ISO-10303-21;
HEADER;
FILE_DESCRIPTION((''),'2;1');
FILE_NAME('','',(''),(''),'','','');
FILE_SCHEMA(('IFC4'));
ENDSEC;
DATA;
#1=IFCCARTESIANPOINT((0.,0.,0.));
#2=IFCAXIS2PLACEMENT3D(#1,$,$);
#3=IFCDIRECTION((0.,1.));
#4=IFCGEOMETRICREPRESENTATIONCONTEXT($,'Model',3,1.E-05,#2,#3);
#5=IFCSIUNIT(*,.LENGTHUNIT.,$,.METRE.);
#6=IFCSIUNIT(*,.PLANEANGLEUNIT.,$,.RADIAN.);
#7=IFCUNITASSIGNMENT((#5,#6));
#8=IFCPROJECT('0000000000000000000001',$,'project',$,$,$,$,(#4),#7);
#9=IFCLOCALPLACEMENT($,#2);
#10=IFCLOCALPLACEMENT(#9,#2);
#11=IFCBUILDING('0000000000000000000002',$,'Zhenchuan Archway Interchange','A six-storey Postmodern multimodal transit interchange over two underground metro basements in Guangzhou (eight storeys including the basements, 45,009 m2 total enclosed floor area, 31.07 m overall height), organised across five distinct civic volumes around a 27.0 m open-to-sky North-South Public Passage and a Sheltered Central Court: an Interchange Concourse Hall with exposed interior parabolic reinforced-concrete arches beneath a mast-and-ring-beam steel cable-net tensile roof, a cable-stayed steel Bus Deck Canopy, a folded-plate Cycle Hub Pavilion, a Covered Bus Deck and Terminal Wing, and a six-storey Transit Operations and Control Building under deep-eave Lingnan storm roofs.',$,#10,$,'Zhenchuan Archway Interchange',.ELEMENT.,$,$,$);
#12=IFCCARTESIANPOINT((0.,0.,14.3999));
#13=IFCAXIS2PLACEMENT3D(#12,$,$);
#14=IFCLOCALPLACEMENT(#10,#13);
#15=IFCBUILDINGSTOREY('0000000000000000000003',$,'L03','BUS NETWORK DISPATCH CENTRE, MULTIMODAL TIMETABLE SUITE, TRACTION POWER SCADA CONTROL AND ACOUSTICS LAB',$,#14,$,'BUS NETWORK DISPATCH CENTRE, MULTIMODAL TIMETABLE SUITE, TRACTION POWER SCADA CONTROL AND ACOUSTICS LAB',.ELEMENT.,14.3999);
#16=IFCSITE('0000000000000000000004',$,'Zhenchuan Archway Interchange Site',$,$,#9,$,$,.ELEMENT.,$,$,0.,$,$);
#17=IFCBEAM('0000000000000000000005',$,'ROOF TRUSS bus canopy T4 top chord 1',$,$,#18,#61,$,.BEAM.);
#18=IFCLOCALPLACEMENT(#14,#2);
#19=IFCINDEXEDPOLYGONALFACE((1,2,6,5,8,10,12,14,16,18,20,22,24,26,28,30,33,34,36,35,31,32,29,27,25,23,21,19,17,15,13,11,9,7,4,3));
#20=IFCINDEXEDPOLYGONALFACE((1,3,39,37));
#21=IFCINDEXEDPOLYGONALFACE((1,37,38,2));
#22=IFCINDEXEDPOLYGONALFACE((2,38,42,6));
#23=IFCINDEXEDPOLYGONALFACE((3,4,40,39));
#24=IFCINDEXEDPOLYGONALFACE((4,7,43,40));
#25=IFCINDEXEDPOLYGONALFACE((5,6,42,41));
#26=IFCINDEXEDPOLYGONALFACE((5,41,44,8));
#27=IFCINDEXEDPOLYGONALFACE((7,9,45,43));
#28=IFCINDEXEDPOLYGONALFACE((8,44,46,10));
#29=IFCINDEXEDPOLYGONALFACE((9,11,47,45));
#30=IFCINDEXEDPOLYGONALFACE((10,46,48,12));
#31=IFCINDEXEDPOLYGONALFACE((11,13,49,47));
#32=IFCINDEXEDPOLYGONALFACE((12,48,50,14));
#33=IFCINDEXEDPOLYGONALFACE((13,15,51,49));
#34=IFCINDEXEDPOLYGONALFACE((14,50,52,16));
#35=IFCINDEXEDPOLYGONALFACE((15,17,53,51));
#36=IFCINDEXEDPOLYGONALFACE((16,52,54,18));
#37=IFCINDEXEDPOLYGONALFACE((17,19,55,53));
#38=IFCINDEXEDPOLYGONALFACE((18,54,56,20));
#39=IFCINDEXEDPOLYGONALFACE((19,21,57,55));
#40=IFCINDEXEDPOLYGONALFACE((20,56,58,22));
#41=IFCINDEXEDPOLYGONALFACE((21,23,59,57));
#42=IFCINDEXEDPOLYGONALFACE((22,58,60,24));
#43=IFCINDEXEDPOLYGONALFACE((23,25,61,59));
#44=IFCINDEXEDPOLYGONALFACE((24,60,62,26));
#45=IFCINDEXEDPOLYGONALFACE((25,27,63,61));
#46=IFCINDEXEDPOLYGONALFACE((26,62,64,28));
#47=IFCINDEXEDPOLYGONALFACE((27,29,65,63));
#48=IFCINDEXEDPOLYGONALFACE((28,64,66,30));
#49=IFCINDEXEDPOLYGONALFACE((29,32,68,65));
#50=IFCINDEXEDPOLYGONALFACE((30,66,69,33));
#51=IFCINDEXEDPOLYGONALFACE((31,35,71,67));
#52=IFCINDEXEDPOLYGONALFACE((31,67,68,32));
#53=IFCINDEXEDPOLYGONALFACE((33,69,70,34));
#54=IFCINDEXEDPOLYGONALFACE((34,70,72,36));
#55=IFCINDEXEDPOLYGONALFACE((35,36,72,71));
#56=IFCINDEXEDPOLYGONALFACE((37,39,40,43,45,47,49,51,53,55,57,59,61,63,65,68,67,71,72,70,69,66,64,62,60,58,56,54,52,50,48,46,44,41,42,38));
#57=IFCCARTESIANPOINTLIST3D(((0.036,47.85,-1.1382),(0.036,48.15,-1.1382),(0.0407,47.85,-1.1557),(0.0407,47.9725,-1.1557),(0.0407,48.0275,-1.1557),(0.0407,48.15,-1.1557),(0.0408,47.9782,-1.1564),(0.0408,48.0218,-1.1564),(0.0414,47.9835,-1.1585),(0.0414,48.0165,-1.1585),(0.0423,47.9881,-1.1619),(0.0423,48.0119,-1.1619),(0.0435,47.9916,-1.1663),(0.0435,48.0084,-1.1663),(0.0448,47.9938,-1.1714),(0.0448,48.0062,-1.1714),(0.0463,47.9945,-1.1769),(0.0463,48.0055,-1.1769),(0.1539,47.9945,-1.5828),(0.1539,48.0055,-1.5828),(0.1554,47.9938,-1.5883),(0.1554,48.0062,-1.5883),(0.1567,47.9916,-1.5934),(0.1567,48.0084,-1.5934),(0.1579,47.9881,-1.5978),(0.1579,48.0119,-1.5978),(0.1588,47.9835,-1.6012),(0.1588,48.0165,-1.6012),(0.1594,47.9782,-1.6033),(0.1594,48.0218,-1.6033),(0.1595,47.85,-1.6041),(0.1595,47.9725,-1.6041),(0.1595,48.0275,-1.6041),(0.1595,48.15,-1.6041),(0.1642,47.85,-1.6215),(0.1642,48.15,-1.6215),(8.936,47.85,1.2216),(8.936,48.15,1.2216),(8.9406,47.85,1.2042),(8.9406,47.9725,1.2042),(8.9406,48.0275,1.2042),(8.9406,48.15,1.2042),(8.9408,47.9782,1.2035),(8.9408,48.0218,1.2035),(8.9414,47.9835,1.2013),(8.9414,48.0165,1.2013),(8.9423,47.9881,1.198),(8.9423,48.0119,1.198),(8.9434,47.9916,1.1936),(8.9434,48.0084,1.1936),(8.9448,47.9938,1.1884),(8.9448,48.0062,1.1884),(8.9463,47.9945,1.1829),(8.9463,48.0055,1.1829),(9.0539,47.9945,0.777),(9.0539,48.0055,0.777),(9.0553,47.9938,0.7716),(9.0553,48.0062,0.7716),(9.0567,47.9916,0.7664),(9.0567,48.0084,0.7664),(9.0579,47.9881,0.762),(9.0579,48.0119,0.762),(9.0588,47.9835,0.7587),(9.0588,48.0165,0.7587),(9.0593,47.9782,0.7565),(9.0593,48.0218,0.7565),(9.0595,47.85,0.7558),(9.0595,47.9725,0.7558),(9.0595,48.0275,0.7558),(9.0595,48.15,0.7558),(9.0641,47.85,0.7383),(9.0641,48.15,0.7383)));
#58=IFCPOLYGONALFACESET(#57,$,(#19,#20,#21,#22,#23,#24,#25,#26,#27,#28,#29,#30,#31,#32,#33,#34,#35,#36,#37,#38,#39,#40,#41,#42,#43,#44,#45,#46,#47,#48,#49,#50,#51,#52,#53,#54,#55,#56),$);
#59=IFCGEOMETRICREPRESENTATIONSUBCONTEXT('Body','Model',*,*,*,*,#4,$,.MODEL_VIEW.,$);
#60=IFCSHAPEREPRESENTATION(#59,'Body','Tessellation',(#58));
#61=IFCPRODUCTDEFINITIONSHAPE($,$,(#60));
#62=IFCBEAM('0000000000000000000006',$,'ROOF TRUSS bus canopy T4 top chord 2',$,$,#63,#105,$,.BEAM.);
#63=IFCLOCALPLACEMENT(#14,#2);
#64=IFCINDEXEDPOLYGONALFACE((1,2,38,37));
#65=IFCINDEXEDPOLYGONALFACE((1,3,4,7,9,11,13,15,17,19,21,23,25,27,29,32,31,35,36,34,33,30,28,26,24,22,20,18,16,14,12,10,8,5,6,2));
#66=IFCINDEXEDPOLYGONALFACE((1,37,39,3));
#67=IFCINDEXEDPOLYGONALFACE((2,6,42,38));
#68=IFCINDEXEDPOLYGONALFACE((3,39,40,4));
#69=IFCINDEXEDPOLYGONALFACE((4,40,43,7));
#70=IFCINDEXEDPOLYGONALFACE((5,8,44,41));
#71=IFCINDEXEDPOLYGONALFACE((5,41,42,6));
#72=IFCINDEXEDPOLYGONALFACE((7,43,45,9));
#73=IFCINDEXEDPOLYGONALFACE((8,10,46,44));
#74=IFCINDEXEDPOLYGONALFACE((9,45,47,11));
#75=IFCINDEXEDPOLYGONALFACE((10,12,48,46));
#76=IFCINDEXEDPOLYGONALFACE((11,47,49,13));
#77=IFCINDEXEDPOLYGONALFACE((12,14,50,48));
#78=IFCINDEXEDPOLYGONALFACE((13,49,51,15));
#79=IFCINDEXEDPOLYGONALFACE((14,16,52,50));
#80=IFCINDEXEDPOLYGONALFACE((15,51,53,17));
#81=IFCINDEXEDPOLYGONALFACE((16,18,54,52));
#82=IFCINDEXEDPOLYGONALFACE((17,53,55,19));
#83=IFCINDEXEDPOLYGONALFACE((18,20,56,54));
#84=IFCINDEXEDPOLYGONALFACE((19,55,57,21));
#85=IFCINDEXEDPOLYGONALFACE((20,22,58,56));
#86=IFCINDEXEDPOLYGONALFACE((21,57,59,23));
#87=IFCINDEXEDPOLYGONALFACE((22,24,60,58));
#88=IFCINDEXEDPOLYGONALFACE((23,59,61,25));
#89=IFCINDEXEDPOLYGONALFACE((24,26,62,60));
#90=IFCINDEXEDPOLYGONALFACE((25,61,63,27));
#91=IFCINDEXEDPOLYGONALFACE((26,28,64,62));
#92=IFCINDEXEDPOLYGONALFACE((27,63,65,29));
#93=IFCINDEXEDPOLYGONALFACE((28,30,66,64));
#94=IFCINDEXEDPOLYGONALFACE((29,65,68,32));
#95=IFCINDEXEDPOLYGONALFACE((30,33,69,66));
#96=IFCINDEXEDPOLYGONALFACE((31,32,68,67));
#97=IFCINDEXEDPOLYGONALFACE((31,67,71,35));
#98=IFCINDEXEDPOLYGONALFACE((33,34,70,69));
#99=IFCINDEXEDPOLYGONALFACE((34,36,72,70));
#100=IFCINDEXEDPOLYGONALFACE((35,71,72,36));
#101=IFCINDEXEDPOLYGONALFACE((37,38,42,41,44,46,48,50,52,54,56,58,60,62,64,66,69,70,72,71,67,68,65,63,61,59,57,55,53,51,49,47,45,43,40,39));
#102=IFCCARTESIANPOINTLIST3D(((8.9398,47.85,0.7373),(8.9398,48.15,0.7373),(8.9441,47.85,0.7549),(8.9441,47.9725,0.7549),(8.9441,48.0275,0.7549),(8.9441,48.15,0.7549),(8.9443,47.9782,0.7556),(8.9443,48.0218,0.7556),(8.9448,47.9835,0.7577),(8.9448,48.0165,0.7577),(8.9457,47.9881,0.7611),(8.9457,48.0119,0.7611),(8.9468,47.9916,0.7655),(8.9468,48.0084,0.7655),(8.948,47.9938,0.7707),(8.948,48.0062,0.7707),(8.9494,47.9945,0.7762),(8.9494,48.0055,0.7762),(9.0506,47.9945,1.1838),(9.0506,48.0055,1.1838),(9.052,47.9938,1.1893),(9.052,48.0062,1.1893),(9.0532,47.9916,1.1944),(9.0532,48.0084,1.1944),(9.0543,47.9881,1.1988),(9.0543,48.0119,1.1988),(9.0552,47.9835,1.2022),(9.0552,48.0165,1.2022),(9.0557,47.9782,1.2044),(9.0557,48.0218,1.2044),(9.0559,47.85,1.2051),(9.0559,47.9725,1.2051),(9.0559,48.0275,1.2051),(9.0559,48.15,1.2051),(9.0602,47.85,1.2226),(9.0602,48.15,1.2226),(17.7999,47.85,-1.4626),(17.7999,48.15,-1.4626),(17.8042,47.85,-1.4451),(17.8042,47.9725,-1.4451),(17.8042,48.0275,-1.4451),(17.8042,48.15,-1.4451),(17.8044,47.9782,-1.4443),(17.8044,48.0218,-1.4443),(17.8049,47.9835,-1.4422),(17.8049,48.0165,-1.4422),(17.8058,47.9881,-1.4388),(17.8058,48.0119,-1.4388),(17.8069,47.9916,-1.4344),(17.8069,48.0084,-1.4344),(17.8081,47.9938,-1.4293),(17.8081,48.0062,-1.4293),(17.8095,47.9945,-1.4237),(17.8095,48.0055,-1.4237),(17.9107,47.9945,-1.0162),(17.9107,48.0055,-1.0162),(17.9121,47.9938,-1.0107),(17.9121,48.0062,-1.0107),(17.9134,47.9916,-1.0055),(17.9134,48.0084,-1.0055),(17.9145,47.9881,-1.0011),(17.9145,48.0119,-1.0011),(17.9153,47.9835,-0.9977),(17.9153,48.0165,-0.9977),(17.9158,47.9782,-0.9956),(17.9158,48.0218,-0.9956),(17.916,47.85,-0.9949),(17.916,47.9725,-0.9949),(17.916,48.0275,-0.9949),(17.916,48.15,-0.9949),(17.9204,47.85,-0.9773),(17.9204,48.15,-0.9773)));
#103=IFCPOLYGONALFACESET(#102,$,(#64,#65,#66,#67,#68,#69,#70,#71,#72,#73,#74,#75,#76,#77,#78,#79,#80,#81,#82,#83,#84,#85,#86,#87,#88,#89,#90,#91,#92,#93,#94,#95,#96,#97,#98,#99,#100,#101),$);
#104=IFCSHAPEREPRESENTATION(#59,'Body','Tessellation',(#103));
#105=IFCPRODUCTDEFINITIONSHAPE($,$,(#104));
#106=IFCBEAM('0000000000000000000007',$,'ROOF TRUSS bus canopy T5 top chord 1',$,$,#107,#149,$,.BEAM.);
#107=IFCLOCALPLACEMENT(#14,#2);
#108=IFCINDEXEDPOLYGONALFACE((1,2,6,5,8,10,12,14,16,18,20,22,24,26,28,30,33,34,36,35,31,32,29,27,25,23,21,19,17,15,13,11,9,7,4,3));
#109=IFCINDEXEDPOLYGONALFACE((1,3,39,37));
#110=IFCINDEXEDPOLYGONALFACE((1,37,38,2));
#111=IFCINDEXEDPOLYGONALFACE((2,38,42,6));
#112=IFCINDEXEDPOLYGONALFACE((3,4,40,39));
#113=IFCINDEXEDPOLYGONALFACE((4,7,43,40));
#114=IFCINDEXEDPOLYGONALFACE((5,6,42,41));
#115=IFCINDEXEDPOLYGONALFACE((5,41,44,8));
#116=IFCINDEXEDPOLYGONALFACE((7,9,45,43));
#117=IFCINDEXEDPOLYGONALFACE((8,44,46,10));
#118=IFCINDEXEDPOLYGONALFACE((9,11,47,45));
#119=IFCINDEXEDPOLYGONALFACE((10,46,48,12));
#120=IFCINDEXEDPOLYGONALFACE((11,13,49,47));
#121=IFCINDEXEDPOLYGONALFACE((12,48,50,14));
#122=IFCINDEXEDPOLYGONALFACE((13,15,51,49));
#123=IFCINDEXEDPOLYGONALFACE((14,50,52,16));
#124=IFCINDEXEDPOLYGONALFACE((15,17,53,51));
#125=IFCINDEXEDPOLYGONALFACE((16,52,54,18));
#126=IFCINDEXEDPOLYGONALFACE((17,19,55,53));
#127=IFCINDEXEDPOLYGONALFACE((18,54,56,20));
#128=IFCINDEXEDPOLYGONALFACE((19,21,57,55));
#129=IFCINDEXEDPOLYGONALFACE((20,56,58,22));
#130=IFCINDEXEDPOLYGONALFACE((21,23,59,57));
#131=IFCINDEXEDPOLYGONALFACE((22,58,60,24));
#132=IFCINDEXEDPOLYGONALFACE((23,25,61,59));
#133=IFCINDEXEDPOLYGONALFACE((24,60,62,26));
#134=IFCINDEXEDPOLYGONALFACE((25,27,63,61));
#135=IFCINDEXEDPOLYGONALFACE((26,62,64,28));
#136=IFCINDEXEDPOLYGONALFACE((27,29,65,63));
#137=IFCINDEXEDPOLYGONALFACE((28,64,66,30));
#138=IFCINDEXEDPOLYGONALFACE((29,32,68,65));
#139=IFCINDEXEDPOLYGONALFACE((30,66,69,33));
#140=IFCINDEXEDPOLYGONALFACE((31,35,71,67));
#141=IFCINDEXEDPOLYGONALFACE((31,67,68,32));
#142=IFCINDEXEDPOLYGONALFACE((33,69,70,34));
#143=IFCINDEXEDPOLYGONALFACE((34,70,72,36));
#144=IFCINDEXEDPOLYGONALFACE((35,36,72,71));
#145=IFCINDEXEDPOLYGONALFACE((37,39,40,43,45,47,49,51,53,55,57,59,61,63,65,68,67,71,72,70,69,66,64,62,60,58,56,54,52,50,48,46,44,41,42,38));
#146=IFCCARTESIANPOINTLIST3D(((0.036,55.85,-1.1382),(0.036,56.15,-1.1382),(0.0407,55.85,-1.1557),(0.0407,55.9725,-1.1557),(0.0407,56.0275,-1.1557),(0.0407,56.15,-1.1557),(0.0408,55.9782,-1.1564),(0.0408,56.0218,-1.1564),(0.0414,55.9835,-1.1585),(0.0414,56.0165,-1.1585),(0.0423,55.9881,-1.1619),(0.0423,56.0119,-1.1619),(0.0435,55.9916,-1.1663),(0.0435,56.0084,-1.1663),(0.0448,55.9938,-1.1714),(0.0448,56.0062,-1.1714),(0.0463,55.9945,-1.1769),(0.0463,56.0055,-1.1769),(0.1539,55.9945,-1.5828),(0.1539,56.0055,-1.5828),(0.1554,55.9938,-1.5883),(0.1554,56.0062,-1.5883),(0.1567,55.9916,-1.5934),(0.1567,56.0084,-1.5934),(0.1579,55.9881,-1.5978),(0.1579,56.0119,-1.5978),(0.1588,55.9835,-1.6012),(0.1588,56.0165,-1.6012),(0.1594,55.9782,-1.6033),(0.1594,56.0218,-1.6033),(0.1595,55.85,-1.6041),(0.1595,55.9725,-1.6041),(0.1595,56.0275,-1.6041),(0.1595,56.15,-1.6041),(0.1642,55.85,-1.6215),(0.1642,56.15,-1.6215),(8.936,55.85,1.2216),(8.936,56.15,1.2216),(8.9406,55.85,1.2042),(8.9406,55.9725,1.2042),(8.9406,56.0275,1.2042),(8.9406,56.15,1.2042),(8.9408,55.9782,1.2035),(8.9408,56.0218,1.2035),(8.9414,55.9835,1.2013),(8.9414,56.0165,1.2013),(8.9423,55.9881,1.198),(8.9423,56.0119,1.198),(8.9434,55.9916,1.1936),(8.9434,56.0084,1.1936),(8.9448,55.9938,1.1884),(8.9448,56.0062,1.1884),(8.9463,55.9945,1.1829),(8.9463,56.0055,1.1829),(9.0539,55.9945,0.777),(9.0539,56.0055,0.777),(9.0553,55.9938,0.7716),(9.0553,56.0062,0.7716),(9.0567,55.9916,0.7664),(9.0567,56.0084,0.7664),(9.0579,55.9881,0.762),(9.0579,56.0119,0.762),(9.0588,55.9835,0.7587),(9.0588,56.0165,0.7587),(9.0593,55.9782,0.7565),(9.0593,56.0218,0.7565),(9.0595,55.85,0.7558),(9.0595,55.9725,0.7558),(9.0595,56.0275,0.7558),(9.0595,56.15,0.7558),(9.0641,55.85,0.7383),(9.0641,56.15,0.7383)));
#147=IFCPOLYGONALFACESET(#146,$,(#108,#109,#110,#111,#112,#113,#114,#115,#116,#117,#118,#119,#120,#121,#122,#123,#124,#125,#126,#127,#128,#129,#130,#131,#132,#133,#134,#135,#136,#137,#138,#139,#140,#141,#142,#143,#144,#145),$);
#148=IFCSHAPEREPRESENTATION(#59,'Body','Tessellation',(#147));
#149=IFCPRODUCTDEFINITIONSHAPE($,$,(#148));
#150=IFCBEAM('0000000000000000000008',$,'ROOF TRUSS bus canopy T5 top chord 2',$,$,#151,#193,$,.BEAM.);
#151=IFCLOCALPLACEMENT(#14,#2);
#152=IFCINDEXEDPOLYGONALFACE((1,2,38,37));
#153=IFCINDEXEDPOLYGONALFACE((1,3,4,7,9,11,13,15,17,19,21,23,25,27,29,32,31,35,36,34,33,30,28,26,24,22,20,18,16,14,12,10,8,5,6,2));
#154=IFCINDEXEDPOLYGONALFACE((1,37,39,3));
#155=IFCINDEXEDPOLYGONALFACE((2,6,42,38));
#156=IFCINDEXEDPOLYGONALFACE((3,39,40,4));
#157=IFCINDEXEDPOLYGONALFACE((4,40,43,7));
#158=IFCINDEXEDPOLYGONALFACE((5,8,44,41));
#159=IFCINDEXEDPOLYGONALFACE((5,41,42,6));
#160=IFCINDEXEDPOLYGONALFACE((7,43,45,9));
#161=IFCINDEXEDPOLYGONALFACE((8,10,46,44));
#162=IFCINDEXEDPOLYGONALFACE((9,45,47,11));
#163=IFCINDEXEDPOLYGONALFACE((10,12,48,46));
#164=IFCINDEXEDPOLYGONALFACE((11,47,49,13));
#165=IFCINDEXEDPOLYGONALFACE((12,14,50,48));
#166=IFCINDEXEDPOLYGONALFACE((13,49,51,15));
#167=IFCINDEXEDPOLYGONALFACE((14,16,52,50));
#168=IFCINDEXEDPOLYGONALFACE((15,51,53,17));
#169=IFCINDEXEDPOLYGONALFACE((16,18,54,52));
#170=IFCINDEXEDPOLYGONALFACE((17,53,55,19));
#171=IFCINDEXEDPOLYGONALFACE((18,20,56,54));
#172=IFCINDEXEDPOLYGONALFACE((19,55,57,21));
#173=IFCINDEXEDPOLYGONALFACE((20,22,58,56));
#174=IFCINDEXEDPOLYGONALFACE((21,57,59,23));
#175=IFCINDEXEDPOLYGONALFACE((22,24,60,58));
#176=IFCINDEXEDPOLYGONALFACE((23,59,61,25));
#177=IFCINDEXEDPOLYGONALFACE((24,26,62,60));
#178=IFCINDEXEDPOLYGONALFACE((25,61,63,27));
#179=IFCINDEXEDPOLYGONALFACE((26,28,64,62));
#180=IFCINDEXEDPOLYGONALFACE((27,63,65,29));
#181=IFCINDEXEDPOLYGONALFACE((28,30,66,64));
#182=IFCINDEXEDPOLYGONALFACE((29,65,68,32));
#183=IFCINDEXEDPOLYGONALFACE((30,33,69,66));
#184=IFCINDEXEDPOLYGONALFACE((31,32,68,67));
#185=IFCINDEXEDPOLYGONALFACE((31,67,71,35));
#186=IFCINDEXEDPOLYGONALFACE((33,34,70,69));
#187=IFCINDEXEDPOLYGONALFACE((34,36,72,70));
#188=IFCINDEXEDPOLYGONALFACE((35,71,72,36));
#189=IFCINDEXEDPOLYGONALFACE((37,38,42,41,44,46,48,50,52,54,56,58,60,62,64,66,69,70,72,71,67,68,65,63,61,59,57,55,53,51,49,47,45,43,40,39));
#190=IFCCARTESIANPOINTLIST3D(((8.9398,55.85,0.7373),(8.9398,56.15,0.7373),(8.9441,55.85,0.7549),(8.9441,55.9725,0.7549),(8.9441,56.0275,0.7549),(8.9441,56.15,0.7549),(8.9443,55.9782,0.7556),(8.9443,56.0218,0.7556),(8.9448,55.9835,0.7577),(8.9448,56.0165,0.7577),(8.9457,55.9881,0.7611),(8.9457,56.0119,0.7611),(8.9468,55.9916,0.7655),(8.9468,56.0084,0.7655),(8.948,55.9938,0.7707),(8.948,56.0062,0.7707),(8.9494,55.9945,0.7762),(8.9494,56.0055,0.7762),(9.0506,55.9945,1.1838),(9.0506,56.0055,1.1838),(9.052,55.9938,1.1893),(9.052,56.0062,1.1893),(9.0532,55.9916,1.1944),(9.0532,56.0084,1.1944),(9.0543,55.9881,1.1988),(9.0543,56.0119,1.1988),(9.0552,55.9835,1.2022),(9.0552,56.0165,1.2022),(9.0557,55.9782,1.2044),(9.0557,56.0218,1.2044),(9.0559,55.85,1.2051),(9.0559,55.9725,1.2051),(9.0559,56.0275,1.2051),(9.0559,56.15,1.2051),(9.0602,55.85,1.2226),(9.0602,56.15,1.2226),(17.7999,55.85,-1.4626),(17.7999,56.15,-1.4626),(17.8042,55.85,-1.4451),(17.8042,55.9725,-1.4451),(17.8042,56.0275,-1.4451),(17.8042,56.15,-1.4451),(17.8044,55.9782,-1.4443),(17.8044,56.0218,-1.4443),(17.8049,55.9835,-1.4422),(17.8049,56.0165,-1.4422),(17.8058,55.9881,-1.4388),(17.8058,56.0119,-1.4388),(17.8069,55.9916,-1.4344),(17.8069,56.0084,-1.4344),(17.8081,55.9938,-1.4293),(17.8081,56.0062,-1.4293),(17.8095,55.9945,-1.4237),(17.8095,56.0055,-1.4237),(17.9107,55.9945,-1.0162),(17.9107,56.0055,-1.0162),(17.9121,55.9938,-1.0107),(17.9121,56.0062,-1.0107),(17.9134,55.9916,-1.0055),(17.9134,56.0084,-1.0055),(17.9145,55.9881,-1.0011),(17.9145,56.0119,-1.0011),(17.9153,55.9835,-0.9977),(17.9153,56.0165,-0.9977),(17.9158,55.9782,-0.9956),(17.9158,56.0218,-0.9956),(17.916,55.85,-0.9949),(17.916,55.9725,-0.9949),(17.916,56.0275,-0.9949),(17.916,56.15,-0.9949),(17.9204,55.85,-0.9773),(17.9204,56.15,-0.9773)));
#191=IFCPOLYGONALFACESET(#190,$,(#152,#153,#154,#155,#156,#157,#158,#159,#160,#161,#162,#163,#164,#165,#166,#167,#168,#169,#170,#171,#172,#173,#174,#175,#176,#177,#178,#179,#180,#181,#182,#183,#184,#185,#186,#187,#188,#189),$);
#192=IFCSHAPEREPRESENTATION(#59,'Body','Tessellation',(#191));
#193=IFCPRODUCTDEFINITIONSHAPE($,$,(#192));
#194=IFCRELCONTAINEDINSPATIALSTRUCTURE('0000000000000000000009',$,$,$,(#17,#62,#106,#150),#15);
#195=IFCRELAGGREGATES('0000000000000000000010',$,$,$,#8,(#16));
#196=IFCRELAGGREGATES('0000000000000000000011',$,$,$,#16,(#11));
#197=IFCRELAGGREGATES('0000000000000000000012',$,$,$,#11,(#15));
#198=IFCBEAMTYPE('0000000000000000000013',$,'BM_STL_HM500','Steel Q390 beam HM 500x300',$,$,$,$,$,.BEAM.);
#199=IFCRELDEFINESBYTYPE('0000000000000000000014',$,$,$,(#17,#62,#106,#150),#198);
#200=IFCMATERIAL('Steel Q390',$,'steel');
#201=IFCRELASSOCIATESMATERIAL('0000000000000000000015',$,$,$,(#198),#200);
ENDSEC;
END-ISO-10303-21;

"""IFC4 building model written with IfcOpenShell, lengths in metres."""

from ifc_helpers import new_model, si_unit, direction, frame, origin, origin_2d, place, context, subcontext, project, spatial, i_section, extrude, material, material_profile, profile_set, type_object, element, save


model = new_model("IFC4")

# Units and contexts
model_context = context("Model", 3, precision=1e-05, world=origin(), true_north=direction((0.0, 1.0)))
body_context = subcontext(model_context, "Body", "Model", "MODEL_VIEW")
ifc_project = project(units=[si_unit("LENGTHUNIT", "METRE"), si_unit("PLANEANGLEUNIT", "RADIAN")], contexts=[model_context])

# Site, building, storey
site_placement = place(None, origin())
site = spatial("IfcSite", under=ifc_project, at=site_placement, Name="Zhenchuan Archway Interchange Site", CompositionType="ELEMENT", RefElevation=0.0)
building_placement = place(site_placement, origin())
building = spatial("IfcBuilding", under=site, at=building_placement, Name="Zhenchuan Archway Interchange", Description="A six-storey Postmodern multimodal transit interchange over two underground metro basements in Guangzhou (eight storeys including the basements, 45,009 m2 total enclosed floor area, 31.07 m overall height), organised across five distinct civic volumes around a 27.0 m open-to-sky North-South Public Passage and a Sheltered Central Court: an Interchange Concourse Hall with exposed interior parabolic reinforced-concrete arches beneath a mast-and-ring-beam steel cable-net tensile roof, a cable-stayed steel Bus Deck Canopy, a folded-plate Cycle Hub Pavilion, a Covered Bus Deck and Terminal Wing, and a six-storey Transit Operations and Control Building under deep-eave Lingnan storm roofs.", LongName="Zhenchuan Archway Interchange", CompositionType="ELEMENT")
storey_placement = place(building_placement, frame((0.0, 0.0, 14.3999)))
storey = spatial("IfcBuildingStorey", under=building, at=storey_placement, Name="L03", Description="BUS NETWORK DISPATCH CENTRE, MULTIMODAL TIMETABLE SUITE, TRACTION POWER SCADA CONTROL AND ACOUSTICS LAB", LongName="BUS NETWORK DISPATCH CENTRE, MULTIMODAL TIMETABLE SUITE, TRACTION POWER SCADA CONTROL AND ACOUSTICS LAB", CompositionType="ELEMENT", Elevation=14.3999)

# Shared definitions
ifc_material_1 = material(Name="Steel Q390", Category="steel")

# Beams
ifc_material_profile_1 = material_profile(ifc_material_1, i_section(OverallWidth=0.3, OverallDepth=0.5, WebThickness=0.011, FlangeThickness=0.0181, FilletRadius=0.022, at=origin_2d()), Name="HM 500x300")
ifc_profile_set_1 = profile_set([ifc_material_profile_1], Name="Steel Q390")
beam_type_1 = type_object("IfcBeamType", Name="BM_STL_HM500", Description="Steel Q390 beam HM 500x300", PredefinedType="BEAM", material=ifc_profile_set_1)
beam_1_placement = place(storey_placement, frame((0.1001, 48.0, -1.3799), z_axis=(0.966597, 0.0, 0.256299), x_axis=(0.0, 1.0, 0.0)))
element("IfcBeam", 1, at=beam_1_placement, inside=storey, type_object=beam_type_1, Name="ROOF TRUSS bus canopy T4 top chord 1", PredefinedType="BEAM", context=body_context, shape_type="SweptSolid", body=[
    extrude(i_section(OverallWidth=0.3, OverallDepth=0.5, WebThickness=0.011, FlangeThickness=0.0181, FilletRadius=0.022, at=origin_2d()), origin(), (0.0, 0.0, 1.0), 9.2075),
])
beam_2_placement = place(storey_placement, frame((9.0, 48.0, 0.98), z_axis=(0.97053, 0.0, -0.240981), x_axis=(0.0, 1.0, 0.0)))
element("IfcBeam", 2, at=beam_2_placement, inside=storey, type_object=beam_type_1, Name="ROOF TRUSS bus canopy T4 top chord 2", PredefinedType="BEAM", context=body_context, shape_type="SweptSolid", body=[
    extrude(i_section(OverallWidth=0.3, OverallDepth=0.5, WebThickness=0.011, FlangeThickness=0.0181, FilletRadius=0.022, at=origin_2d()), origin(), (0.0, 0.0, 1.0), 9.1292),
])
beam_3_placement = place(storey_placement, frame((0.1001, 56.0, -1.3799), z_axis=(0.966597, 0.0, 0.256299), x_axis=(0.0, 1.0, 0.0)))
element("IfcBeam", 3, at=beam_3_placement, inside=storey, type_object=beam_type_1, Name="ROOF TRUSS bus canopy T5 top chord 1", PredefinedType="BEAM", context=body_context, shape_type="SweptSolid", body=[
    extrude(i_section(OverallWidth=0.3, OverallDepth=0.5, WebThickness=0.011, FlangeThickness=0.0181, FilletRadius=0.022, at=origin_2d()), origin(), (0.0, 0.0, 1.0), 9.2075),
])
beam_4_placement = place(storey_placement, frame((9.0, 56.0, 0.98), z_axis=(0.97053, 0.0, -0.240981), x_axis=(0.0, 1.0, 0.0)))
element("IfcBeam", 4, at=beam_4_placement, inside=storey, type_object=beam_type_1, Name="ROOF TRUSS bus canopy T5 top chord 2", PredefinedType="BEAM", context=body_context, shape_type="SweptSolid", body=[
    extrude(i_section(OverallWidth=0.3, OverallDepth=0.5, WebThickness=0.011, FlangeThickness=0.0181, FilletRadius=0.022, at=origin_2d()), origin(), (0.0, 0.0, 1.0), 9.1292),
])

save(model, "model.ifc")
